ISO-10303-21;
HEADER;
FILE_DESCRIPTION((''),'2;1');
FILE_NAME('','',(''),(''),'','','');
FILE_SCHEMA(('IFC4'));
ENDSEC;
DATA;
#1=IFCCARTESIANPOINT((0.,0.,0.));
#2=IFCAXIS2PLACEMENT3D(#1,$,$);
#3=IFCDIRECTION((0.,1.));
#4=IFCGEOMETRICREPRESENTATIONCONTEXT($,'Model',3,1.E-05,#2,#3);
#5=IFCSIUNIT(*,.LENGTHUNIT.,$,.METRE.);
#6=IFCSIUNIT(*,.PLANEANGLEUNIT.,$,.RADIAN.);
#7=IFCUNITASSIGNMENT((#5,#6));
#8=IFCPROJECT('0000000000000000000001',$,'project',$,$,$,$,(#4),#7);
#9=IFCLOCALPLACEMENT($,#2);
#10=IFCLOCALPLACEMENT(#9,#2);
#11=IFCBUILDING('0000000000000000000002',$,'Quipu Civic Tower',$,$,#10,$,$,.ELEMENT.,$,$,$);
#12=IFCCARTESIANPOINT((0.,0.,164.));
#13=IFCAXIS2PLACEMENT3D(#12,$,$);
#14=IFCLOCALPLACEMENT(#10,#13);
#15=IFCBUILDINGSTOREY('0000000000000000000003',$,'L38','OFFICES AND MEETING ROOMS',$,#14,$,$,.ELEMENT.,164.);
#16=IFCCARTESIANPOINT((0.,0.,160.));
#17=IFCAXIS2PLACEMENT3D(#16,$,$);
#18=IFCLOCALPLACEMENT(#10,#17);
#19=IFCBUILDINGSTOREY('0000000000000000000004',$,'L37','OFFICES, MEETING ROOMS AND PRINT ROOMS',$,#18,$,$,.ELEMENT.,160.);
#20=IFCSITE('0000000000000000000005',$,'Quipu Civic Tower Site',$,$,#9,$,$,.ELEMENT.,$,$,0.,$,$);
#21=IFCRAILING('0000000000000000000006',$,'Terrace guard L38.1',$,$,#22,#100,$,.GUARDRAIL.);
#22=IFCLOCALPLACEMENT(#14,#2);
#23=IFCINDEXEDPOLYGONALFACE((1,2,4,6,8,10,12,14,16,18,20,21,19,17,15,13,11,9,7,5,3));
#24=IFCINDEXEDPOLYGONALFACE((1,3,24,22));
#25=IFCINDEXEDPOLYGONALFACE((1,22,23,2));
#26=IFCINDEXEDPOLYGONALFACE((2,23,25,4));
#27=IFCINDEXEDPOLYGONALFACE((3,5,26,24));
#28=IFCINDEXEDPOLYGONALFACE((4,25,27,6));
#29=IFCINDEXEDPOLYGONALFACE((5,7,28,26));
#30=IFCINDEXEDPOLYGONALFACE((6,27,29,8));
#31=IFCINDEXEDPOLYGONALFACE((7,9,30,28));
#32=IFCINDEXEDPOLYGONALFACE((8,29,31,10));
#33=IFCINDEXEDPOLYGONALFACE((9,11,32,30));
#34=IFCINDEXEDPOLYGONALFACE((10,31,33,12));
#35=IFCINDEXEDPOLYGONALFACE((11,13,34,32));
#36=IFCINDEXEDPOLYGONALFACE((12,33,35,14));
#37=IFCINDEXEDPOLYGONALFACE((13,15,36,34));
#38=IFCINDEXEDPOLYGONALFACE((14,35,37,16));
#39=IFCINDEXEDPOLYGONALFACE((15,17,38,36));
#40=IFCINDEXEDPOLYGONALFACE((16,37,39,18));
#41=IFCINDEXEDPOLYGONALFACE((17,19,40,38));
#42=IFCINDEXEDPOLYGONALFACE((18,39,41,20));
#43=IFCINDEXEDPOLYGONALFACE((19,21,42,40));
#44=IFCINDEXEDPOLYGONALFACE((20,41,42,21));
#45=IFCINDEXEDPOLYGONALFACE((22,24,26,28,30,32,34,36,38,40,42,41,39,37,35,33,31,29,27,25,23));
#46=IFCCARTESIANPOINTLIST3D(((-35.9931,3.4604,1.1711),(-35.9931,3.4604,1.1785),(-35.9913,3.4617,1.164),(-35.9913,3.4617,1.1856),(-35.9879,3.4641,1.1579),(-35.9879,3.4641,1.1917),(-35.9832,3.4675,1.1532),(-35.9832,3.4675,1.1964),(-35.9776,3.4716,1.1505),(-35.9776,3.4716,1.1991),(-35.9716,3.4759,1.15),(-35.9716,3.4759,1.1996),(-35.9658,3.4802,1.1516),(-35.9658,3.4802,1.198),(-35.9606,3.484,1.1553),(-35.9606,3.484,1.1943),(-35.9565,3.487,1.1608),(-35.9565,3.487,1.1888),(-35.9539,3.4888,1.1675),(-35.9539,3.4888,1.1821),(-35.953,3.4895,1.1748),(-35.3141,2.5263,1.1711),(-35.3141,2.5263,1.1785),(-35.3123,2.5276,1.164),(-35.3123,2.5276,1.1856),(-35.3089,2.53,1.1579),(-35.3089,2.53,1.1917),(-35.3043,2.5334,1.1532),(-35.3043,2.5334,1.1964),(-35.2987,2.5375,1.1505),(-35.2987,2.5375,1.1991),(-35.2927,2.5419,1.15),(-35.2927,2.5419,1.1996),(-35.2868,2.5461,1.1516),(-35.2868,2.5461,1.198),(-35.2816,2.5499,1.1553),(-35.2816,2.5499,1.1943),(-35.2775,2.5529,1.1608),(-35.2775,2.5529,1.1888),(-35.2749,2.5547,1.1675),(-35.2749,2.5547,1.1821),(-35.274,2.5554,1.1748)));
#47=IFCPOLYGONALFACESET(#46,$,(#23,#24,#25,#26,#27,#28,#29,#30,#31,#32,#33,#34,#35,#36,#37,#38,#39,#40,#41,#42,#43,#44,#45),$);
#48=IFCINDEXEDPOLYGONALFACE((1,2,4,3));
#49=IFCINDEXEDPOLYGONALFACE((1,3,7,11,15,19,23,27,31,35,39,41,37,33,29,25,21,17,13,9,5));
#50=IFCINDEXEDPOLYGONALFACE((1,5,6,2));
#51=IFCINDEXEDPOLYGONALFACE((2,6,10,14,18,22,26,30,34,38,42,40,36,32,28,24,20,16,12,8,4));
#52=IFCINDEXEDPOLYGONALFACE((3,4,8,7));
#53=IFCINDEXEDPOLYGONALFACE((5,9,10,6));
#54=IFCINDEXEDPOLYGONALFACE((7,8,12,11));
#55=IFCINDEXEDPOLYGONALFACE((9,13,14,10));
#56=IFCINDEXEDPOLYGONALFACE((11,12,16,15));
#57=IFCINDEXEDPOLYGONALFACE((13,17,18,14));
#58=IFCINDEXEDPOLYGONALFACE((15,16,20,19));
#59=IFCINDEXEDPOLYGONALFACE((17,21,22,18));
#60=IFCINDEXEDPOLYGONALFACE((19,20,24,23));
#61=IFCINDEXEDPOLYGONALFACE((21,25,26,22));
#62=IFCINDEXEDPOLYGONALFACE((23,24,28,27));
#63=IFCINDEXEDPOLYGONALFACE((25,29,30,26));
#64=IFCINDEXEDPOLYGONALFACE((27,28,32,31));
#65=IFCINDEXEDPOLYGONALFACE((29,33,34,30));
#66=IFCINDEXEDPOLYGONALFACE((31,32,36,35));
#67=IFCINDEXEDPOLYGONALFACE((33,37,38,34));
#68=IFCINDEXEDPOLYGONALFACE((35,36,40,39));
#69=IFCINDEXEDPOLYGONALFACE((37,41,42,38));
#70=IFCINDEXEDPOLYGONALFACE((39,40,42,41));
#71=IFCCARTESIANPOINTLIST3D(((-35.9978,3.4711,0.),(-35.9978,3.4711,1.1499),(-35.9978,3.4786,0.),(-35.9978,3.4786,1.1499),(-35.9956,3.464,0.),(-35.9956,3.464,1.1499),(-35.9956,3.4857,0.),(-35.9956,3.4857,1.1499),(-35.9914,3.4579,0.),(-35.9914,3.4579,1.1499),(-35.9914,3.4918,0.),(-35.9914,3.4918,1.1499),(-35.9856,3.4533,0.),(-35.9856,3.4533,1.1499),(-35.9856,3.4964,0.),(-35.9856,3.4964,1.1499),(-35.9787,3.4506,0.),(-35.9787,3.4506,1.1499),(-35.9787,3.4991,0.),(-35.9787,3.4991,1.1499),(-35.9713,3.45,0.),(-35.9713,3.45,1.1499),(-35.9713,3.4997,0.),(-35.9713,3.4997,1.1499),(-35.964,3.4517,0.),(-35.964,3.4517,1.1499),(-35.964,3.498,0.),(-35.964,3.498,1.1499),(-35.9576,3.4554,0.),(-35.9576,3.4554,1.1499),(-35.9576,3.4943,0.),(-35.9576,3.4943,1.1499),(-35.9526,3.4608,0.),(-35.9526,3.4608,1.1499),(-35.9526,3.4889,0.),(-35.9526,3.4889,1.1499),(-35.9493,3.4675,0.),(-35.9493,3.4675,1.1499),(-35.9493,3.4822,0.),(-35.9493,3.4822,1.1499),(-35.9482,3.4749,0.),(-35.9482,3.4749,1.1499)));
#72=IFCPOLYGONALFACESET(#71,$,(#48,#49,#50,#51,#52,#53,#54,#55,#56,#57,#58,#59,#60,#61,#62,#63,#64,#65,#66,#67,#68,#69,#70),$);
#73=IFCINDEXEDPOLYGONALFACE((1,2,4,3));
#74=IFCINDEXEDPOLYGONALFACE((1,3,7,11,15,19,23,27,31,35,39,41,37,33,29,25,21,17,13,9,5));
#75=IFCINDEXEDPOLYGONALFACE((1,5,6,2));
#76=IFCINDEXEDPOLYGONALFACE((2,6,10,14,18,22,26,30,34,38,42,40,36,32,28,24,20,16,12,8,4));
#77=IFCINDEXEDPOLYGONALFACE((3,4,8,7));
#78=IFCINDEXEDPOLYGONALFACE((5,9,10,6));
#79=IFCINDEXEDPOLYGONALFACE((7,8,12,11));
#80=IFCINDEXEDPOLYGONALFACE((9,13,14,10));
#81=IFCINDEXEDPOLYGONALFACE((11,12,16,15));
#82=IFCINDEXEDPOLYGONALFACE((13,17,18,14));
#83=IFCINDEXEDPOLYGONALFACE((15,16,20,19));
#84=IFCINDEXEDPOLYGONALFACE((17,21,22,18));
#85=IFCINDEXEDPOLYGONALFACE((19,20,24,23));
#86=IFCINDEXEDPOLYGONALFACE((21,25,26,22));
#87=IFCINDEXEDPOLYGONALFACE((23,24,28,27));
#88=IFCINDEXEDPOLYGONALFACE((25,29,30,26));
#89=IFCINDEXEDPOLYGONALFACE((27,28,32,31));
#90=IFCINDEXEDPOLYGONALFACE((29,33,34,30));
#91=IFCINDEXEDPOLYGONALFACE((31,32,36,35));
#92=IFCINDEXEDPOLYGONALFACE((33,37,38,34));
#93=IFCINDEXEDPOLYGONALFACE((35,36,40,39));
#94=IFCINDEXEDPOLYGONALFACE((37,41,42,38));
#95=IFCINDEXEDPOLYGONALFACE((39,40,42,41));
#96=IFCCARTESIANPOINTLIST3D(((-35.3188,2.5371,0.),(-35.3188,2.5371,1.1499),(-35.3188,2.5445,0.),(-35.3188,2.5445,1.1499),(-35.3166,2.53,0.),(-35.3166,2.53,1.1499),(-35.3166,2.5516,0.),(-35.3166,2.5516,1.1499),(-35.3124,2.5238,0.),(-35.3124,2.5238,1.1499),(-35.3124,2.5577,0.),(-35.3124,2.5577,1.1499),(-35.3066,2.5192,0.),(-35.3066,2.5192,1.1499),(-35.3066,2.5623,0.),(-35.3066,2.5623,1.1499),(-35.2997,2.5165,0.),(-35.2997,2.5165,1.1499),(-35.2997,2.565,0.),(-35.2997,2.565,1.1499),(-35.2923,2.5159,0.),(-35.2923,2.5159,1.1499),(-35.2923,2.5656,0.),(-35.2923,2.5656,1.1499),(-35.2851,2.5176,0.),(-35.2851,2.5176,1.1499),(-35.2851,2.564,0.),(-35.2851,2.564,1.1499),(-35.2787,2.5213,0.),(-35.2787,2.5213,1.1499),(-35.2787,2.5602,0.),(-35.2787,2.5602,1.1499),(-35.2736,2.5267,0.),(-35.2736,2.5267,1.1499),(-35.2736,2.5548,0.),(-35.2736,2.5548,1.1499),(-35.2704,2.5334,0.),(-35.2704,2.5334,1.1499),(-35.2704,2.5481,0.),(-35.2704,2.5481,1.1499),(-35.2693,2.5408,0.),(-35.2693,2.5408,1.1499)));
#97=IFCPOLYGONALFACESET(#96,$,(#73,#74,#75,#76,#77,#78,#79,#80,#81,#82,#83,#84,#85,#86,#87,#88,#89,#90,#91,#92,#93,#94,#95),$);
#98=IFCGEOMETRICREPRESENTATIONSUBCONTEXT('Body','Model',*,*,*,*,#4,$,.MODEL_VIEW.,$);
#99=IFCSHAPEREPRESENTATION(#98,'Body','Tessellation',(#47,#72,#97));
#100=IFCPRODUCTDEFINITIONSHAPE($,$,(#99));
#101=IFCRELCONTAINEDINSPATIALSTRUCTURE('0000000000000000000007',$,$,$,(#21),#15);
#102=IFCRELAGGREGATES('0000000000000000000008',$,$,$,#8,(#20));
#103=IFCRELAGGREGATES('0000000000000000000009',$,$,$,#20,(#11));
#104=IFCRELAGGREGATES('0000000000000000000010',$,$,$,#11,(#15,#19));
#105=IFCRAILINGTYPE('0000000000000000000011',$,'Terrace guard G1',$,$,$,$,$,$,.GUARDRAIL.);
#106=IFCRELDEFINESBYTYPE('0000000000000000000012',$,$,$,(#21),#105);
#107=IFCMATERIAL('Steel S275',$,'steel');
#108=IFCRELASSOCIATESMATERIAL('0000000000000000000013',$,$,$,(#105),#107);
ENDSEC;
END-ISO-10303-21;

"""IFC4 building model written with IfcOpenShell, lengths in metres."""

from ifc_helpers import new_model, si_unit, direction, frame, origin, origin_2d, place, context, subcontext, project, spatial, circle, extrude, material, type_object, element, save


model = new_model("IFC4")

# Units and contexts
model_context = context("Model", 3, precision=1e-05, world=origin(), true_north=direction((0.0, 1.0)))
body_context = subcontext(model_context, "Body", "Model", "MODEL_VIEW")
ifc_project = project(units=[si_unit("LENGTHUNIT", "METRE"), si_unit("PLANEANGLEUNIT", "RADIAN")], contexts=[model_context])

# Site, building, storey
site_placement = place(None, origin())
site = spatial("IfcSite", under=ifc_project, at=site_placement, Name="Quipu Civic Tower Site", CompositionType="ELEMENT", RefElevation=0.0)
building_placement = place(site_placement, origin())
building = spatial("IfcBuilding", under=site, at=building_placement, Name="Quipu Civic Tower", CompositionType="ELEMENT")
storey_1_placement = place(building_placement, frame((0.0, 0.0, 164.0)))
storey_1 = spatial("IfcBuildingStorey", under=building, at=storey_1_placement, Name="L38", Description="OFFICES AND MEETING ROOMS", CompositionType="ELEMENT", Elevation=164.0)

# Shared definitions
storey_2_placement = place(building_placement, frame((0.0, 0.0, 160.0)))
storey_2 = spatial("IfcBuildingStorey", under=building, at=storey_2_placement, Name="L37", Description="OFFICES, MEETING ROOMS AND PRINT ROOMS", CompositionType="ELEMENT", Elevation=160.0)

# Railing
ifc_material_1 = material(Name="Steel S275", Category="steel")
railing_type = type_object("IfcRailingType", Name="Terrace guard G1", PredefinedType="GUARDRAIL", material=ifc_material_1)
railing_placement = place(storey_1_placement, frame((-35.9731, 3.4749, 0.0)))
element("IfcRailing", 1, at=railing_placement, inside=storey_1, type_object=railing_type, Name="Terrace guard L38.1", PredefinedType="GUARDRAIL", context=body_context, shape_type="SweptSolid", body=[
    extrude(circle(Radius=0.0249, at=origin_2d()), frame((0.0, 0.0, 1.1748), z_axis=(0.587958, -0.808891, 0.0), x_axis=(0.808891, 0.587958, 0.0)), (0.0, 0.0, 1.0), 1.1548),
    extrude(circle(Radius=0.0249, at=origin_2d()), origin(), (0.0, 0.0, 1.0), 1.1499),
    extrude(circle(Radius=0.0249, at=origin_2d()), frame((0.679, -0.9341, 0.0)), (0.0, 0.0, 1.0), 1.1499),
])

save(model, "model.ifc")
